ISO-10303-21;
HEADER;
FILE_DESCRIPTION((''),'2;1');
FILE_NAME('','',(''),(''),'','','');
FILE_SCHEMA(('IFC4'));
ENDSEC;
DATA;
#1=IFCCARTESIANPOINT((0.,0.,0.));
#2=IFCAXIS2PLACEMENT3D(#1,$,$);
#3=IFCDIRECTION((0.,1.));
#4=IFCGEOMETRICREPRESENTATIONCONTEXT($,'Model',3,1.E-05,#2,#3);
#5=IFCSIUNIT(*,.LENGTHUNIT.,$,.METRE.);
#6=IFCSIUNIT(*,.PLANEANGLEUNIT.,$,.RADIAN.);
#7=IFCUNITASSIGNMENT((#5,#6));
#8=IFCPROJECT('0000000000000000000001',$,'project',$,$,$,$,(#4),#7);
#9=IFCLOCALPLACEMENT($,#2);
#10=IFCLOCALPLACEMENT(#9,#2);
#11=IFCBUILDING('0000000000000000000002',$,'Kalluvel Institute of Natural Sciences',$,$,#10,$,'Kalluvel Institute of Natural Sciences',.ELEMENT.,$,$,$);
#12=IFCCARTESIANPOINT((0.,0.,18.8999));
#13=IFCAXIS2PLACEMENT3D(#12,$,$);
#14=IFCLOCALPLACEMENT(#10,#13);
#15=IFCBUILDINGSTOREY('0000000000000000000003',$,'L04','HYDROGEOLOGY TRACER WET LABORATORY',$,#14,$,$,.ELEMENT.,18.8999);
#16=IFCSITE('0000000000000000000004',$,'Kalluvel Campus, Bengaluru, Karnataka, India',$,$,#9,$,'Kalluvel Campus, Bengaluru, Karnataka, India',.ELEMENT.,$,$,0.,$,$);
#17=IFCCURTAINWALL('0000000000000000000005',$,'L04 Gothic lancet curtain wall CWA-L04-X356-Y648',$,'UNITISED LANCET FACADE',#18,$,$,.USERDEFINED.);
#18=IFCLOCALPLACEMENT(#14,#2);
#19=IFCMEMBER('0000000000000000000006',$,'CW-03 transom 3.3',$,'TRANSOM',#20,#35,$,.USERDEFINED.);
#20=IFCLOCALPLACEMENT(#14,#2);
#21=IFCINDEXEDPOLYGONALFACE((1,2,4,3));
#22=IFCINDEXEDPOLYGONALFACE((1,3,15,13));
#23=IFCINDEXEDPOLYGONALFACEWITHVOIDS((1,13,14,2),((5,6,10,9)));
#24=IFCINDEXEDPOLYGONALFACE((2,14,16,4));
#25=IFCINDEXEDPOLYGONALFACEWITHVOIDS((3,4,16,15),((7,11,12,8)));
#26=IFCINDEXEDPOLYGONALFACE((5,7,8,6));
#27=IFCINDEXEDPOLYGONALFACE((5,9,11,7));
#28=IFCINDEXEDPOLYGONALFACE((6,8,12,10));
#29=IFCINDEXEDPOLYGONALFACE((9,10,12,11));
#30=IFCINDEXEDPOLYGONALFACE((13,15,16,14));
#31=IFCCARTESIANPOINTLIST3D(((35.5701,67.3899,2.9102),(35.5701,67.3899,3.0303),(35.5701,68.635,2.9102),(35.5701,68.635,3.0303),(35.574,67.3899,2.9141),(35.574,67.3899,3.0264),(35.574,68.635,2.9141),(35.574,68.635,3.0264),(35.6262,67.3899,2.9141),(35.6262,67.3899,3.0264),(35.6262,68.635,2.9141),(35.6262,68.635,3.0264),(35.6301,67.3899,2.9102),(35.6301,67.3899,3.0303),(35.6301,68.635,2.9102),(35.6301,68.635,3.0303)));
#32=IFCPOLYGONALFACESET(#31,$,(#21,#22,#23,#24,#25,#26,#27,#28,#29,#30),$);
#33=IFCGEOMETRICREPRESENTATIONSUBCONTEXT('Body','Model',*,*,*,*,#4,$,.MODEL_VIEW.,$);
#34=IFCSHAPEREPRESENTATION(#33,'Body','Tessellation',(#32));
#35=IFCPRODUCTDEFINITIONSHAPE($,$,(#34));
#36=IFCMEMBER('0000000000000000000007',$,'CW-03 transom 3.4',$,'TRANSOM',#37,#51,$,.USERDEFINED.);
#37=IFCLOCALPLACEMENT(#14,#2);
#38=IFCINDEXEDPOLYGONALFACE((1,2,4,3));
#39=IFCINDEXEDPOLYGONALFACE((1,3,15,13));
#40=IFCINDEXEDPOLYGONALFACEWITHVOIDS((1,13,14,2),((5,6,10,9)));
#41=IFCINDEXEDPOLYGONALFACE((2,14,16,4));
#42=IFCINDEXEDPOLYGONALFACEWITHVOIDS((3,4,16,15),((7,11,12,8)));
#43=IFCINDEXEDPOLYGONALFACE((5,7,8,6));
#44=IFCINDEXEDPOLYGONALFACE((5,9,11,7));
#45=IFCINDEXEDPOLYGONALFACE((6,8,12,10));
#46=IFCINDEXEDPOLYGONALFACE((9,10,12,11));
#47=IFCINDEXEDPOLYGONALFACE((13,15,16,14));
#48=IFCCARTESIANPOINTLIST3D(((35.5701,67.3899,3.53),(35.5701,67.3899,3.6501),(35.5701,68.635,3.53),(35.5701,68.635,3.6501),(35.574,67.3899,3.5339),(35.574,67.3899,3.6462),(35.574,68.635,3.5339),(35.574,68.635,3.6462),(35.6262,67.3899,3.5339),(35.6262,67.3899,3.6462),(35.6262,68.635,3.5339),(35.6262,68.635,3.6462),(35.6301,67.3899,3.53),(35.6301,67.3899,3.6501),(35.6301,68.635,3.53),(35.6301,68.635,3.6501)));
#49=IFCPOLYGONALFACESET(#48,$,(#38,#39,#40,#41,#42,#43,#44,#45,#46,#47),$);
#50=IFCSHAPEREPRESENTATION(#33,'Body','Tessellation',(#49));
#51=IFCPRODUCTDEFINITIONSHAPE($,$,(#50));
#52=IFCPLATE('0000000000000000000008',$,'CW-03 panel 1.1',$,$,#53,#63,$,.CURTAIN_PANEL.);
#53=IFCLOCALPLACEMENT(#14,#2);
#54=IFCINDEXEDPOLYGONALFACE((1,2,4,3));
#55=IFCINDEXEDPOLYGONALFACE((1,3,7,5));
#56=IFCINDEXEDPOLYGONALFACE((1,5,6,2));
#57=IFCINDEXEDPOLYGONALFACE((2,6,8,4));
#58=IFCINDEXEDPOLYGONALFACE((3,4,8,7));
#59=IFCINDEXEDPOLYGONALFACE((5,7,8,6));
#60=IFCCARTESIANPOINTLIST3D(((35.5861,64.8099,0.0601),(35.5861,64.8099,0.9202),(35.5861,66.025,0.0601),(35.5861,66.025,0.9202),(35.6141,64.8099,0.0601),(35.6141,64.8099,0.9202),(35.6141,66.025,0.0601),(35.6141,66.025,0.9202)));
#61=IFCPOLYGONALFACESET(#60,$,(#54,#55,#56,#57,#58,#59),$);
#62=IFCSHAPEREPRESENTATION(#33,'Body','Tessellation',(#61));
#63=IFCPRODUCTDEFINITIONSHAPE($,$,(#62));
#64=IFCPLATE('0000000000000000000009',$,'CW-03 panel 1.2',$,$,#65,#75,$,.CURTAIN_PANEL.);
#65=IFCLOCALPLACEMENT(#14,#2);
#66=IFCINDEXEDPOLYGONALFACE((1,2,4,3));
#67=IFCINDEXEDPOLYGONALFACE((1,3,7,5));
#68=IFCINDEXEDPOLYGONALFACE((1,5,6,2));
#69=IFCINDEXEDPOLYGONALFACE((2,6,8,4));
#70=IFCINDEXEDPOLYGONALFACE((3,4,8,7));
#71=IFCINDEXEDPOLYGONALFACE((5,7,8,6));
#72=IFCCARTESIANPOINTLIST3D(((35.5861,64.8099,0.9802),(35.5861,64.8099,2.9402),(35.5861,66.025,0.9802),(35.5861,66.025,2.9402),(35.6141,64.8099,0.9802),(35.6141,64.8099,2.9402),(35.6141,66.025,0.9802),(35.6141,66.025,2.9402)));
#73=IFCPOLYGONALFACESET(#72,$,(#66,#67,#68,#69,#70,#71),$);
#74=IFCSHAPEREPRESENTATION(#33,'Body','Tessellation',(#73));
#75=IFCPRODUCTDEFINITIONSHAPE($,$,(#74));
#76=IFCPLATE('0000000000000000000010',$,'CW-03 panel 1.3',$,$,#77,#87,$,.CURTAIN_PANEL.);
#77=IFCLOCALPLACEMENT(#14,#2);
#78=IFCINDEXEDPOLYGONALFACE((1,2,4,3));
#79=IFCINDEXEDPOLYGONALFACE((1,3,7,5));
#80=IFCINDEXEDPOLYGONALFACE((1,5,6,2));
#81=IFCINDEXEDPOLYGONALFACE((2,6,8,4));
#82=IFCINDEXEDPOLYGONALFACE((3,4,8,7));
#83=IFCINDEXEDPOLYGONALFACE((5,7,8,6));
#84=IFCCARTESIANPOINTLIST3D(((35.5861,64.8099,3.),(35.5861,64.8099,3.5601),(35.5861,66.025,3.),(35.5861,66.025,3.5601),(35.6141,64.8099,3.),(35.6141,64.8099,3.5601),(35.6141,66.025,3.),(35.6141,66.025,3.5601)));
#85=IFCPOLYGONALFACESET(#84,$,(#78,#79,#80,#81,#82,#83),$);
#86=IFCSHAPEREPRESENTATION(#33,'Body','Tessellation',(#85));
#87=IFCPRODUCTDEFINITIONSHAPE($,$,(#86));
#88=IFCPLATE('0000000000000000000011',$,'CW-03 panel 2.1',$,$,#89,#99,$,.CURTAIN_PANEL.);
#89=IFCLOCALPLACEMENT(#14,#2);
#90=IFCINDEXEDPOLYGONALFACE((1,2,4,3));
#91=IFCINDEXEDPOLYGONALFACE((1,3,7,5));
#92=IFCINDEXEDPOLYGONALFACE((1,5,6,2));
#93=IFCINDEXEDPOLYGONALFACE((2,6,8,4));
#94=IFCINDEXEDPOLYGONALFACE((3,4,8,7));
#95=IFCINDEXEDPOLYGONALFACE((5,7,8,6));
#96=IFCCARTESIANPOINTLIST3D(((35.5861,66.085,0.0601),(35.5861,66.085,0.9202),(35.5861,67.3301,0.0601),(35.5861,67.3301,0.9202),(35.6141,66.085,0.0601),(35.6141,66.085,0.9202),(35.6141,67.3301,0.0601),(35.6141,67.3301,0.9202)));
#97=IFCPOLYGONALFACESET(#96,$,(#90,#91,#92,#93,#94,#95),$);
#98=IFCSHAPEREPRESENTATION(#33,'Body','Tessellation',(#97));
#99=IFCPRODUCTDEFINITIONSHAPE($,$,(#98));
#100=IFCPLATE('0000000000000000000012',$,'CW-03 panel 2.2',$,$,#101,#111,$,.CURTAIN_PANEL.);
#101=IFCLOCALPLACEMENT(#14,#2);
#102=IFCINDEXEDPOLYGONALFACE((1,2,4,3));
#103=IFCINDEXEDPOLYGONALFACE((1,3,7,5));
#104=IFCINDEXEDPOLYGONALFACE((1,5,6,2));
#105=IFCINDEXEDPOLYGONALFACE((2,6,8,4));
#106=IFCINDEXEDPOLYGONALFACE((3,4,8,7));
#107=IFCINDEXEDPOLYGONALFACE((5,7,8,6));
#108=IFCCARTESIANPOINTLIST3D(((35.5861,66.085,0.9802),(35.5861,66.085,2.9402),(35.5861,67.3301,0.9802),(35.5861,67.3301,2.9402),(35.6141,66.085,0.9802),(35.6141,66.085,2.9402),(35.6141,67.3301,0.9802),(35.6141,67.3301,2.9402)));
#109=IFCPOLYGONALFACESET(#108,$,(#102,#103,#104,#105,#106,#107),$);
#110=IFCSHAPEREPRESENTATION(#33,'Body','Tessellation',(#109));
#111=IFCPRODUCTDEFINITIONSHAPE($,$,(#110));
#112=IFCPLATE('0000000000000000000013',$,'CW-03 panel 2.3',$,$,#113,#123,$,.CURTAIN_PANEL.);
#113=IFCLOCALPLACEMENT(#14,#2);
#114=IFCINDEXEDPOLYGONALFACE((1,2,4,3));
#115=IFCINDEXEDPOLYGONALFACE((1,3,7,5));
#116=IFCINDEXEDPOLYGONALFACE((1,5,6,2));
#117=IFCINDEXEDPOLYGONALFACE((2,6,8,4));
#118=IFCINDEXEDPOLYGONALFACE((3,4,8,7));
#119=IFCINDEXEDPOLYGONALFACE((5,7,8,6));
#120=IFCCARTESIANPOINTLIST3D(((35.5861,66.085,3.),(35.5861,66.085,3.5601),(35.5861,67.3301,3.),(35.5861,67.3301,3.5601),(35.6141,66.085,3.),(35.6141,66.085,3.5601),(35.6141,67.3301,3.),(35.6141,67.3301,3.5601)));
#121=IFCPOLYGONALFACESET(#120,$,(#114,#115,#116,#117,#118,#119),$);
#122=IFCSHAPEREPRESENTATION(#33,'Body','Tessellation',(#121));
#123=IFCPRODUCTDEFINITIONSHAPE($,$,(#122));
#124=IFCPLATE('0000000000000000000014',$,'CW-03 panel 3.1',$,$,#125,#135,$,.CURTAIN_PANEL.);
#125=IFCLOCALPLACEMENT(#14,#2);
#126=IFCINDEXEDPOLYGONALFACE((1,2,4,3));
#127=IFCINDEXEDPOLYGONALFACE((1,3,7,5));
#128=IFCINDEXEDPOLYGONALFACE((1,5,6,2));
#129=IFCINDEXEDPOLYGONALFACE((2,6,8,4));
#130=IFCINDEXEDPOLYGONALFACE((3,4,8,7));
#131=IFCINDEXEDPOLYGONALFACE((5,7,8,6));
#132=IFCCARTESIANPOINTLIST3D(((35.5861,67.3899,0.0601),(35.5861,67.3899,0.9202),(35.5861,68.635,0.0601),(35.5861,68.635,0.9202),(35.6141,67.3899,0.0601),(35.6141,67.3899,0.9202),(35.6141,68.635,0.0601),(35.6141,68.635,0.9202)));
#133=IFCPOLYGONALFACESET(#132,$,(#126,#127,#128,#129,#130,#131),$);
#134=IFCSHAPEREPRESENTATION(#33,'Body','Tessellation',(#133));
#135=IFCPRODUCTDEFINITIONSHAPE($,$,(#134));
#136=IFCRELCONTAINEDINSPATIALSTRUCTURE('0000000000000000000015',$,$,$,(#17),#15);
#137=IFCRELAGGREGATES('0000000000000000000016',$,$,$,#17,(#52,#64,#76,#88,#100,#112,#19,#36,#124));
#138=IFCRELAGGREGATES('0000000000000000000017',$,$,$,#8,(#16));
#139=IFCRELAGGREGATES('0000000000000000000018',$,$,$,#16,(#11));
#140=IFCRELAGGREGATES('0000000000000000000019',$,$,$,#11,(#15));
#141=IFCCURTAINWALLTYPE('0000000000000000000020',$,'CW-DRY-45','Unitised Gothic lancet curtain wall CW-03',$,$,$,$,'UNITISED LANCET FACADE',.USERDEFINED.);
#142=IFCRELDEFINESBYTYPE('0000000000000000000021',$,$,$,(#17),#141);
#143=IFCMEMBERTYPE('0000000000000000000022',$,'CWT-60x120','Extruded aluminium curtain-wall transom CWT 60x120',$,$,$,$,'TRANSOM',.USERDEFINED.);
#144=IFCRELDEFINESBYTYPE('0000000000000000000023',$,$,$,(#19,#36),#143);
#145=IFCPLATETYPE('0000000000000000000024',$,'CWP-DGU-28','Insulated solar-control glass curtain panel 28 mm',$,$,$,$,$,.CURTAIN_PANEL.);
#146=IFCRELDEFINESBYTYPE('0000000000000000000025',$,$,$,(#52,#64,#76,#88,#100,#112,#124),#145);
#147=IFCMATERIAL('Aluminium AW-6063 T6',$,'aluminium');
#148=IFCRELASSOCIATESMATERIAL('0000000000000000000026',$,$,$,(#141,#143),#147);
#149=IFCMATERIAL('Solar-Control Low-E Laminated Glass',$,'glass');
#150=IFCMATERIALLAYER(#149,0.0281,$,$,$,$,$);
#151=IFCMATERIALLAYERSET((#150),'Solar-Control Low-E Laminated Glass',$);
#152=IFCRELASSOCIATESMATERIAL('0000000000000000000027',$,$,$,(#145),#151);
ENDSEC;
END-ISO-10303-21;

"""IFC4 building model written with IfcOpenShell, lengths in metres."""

from ifc_helpers import new_model, si_unit, direction, frame, origin, origin_2d, place, context, subcontext, project, spatial, rectangle, hollow_rectangle, extrude, material, layer, layer_set, material_profile, profile_set, type_object, element, aggregate, save


model = new_model("IFC4")

# Units and contexts
model_context = context("Model", 3, precision=1e-05, world=origin(), true_north=direction((0.0, 1.0)))
body_context = subcontext(model_context, "Body", "Model", "MODEL_VIEW")
ifc_project = project(units=[si_unit("LENGTHUNIT", "METRE"), si_unit("PLANEANGLEUNIT", "RADIAN")], contexts=[model_context])

# Site, building, storey
site_placement = place(None, origin())
site = spatial("IfcSite", under=ifc_project, at=site_placement, Name="Kalluvel Campus, Bengaluru, Karnataka, India", LongName="Kalluvel Campus, Bengaluru, Karnataka, India", CompositionType="ELEMENT", RefElevation=0.0)
building_placement = place(site_placement, origin())
building = spatial("IfcBuilding", under=site, at=building_placement, Name="Kalluvel Institute of Natural Sciences", LongName="Kalluvel Institute of Natural Sciences", CompositionType="ELEMENT")
storey_placement = place(building_placement, frame((0.0, 0.0, 18.8999)))
storey = spatial("IfcBuildingStorey", under=building, at=storey_placement, Name="L04", Description="HYDROGEOLOGY TRACER WET LABORATORY", CompositionType="ELEMENT", Elevation=18.8999)

# Curtain wall, members, plates
ifc_material_1 = material(Name="Aluminium AW-6063 T6", Category="aluminium")
curtain_wall_type = type_object("IfcCurtainWallType", Name="CW-DRY-45", Description="Unitised Gothic lancet curtain wall CW-03", ElementType="UNITISED LANCET FACADE", PredefinedType="USERDEFINED", material=ifc_material_1)
curtain_wall_placement = place(storey_placement, origin())
curtain_wall = element("IfcCurtainWall", 1, at=curtain_wall_placement, inside=storey, type_object=curtain_wall_type, Name="L04 Gothic lancet curtain wall CWA-L04-X356-Y648", ObjectType="UNITISED LANCET FACADE", PredefinedType="USERDEFINED")
ifc_material_profile_1 = material_profile(ifc_material_1, hollow_rectangle(XDim=0.0601, YDim=0.1201, WallThickness=0.0039, at=origin_2d()), Name="CWT 60x120")
ifc_profile_set_1 = profile_set([ifc_material_profile_1], Name="Aluminium AW-6063 T6")
member_type_1 = type_object("IfcMemberType", Name="CWT-60x120", Description="Extruded aluminium curtain-wall transom CWT 60x120", ElementType="TRANSOM", PredefinedType="USERDEFINED", material=ifc_profile_set_1)
member_1_placement = place(storey_placement, frame((35.6001, 67.3899, 2.9702), z_axis=(0.0, 1.0, 0.0), x_axis=(-1.0, 0.0, 0.0)))
member_1 = element("IfcMember", 2, at=member_1_placement, type_object=member_type_1, Name="CW-03 transom 3.3", ObjectType="TRANSOM", PredefinedType="USERDEFINED", context=body_context, shape_type="SweptSolid", body=[
    extrude(hollow_rectangle(XDim=0.0601, YDim=0.1201, WallThickness=0.0039, at=origin_2d()), origin(), (0.0, 0.0, 1.0), 1.2451),
])
member_2_placement = place(storey_placement, frame((35.6001, 67.3899, 3.5901), z_axis=(0.0, 1.0, 0.0), x_axis=(-1.0, 0.0, 0.0)))
member_2 = element("IfcMember", 3, at=member_2_placement, type_object=member_type_1, Name="CW-03 transom 3.4", ObjectType="TRANSOM", PredefinedType="USERDEFINED", context=body_context, shape_type="SweptSolid", body=[
    extrude(hollow_rectangle(XDim=0.0601, YDim=0.1201, WallThickness=0.0039, at=origin_2d()), origin(), (0.0, 0.0, 1.0), 1.2451),
])
ifc_material_2 = material(Name="Solar-Control Low-E Laminated Glass", Category="glass")
ifc_layer = layer(ifc_material_2, 0.0281)
ifc_layer_set = layer_set([ifc_layer], Name="Solar-Control Low-E Laminated Glass")
plate_type = type_object("IfcPlateType", Name="CWP-DGU-28", Description="Insulated solar-control glass curtain panel 28 mm", PredefinedType="CURTAIN_PANEL", material=ifc_layer_set)
plate_1_placement = place(storey_placement, frame((35.6001, 65.4175, 0.0601), z_axis=(0.0, 0.0, 1.0), x_axis=(0.0, 1.0, 0.0)))
plate_1 = element("IfcPlate", 4, at=plate_1_placement, type_object=plate_type, Name="CW-03 panel 1.1", PredefinedType="CURTAIN_PANEL", context=body_context, shape_type="SweptSolid", body=[
    extrude(rectangle(XDim=1.2151, YDim=0.0281, at=origin_2d()), origin(), (0.0, 0.0, 1.0), 0.8601),
])
plate_2_placement = place(storey_placement, frame((35.6001, 65.4175, 0.9802), z_axis=(0.0, 0.0, 1.0), x_axis=(0.0, 1.0, 0.0)))
plate_2 = element("IfcPlate", 5, at=plate_2_placement, type_object=plate_type, Name="CW-03 panel 1.2", PredefinedType="CURTAIN_PANEL", context=body_context, shape_type="SweptSolid", body=[
    extrude(rectangle(XDim=1.2151, YDim=0.0281, at=origin_2d()), origin(), (0.0, 0.0, 1.0), 1.96),
])
plate_3_placement = place(storey_placement, frame((35.6001, 65.4175, 3.0), z_axis=(0.0, 0.0, 1.0), x_axis=(0.0, 1.0, 0.0)))
plate_3 = element("IfcPlate", 6, at=plate_3_placement, type_object=plate_type, Name="CW-03 panel 1.3", PredefinedType="CURTAIN_PANEL", context=body_context, shape_type="SweptSolid", body=[
    extrude(rectangle(XDim=1.2151, YDim=0.0281, at=origin_2d()), origin(), (0.0, 0.0, 1.0), 0.5601),
])
plate_4_placement = place(storey_placement, frame((35.6001, 66.7075, 0.0601), z_axis=(0.0, 0.0, 1.0), x_axis=(0.0, 1.0, 0.0)))
plate_4 = element("IfcPlate", 7, at=plate_4_placement, type_object=plate_type, Name="CW-03 panel 2.1", PredefinedType="CURTAIN_PANEL", context=body_context, shape_type="SweptSolid", body=[
    extrude(rectangle(XDim=1.2451, YDim=0.0281, at=origin_2d()), origin(), (0.0, 0.0, 1.0), 0.8601),
])
plate_5_placement = place(storey_placement, frame((35.6001, 66.7075, 0.9802), z_axis=(0.0, 0.0, 1.0), x_axis=(0.0, 1.0, 0.0)))
plate_5 = element("IfcPlate", 8, at=plate_5_placement, type_object=plate_type, Name="CW-03 panel 2.2", PredefinedType="CURTAIN_PANEL", context=body_context, shape_type="SweptSolid", body=[
    extrude(rectangle(XDim=1.2451, YDim=0.0281, at=origin_2d()), origin(), (0.0, 0.0, 1.0), 1.96),
])
plate_6_placement = place(storey_placement, frame((35.6001, 66.7075, 3.0), z_axis=(0.0, 0.0, 1.0), x_axis=(0.0, 1.0, 0.0)))
plate_6 = element("IfcPlate", 9, at=plate_6_placement, type_object=plate_type, Name="CW-03 panel 2.3", PredefinedType="CURTAIN_PANEL", context=body_context, shape_type="SweptSolid", body=[
    extrude(rectangle(XDim=1.2451, YDim=0.0281, at=origin_2d()), origin(), (0.0, 0.0, 1.0), 0.5601),
])
plate_7_placement = place(storey_placement, frame((35.6001, 68.0125, 0.0601), z_axis=(0.0, 0.0, 1.0), x_axis=(0.0, 1.0, 0.0)))
plate_7 = element("IfcPlate", 10, at=plate_7_placement, type_object=plate_type, Name="CW-03 panel 3.1", PredefinedType="CURTAIN_PANEL", context=body_context, shape_type="SweptSolid", body=[
    extrude(rectangle(XDim=1.2451, YDim=0.0281, at=origin_2d()), origin(), (0.0, 0.0, 1.0), 0.8601),
])
aggregate(curtain_wall, [plate_1, plate_2, plate_3, plate_4, plate_5, plate_6, member_1, member_2, plate_7])

save(model, "model.ifc")
